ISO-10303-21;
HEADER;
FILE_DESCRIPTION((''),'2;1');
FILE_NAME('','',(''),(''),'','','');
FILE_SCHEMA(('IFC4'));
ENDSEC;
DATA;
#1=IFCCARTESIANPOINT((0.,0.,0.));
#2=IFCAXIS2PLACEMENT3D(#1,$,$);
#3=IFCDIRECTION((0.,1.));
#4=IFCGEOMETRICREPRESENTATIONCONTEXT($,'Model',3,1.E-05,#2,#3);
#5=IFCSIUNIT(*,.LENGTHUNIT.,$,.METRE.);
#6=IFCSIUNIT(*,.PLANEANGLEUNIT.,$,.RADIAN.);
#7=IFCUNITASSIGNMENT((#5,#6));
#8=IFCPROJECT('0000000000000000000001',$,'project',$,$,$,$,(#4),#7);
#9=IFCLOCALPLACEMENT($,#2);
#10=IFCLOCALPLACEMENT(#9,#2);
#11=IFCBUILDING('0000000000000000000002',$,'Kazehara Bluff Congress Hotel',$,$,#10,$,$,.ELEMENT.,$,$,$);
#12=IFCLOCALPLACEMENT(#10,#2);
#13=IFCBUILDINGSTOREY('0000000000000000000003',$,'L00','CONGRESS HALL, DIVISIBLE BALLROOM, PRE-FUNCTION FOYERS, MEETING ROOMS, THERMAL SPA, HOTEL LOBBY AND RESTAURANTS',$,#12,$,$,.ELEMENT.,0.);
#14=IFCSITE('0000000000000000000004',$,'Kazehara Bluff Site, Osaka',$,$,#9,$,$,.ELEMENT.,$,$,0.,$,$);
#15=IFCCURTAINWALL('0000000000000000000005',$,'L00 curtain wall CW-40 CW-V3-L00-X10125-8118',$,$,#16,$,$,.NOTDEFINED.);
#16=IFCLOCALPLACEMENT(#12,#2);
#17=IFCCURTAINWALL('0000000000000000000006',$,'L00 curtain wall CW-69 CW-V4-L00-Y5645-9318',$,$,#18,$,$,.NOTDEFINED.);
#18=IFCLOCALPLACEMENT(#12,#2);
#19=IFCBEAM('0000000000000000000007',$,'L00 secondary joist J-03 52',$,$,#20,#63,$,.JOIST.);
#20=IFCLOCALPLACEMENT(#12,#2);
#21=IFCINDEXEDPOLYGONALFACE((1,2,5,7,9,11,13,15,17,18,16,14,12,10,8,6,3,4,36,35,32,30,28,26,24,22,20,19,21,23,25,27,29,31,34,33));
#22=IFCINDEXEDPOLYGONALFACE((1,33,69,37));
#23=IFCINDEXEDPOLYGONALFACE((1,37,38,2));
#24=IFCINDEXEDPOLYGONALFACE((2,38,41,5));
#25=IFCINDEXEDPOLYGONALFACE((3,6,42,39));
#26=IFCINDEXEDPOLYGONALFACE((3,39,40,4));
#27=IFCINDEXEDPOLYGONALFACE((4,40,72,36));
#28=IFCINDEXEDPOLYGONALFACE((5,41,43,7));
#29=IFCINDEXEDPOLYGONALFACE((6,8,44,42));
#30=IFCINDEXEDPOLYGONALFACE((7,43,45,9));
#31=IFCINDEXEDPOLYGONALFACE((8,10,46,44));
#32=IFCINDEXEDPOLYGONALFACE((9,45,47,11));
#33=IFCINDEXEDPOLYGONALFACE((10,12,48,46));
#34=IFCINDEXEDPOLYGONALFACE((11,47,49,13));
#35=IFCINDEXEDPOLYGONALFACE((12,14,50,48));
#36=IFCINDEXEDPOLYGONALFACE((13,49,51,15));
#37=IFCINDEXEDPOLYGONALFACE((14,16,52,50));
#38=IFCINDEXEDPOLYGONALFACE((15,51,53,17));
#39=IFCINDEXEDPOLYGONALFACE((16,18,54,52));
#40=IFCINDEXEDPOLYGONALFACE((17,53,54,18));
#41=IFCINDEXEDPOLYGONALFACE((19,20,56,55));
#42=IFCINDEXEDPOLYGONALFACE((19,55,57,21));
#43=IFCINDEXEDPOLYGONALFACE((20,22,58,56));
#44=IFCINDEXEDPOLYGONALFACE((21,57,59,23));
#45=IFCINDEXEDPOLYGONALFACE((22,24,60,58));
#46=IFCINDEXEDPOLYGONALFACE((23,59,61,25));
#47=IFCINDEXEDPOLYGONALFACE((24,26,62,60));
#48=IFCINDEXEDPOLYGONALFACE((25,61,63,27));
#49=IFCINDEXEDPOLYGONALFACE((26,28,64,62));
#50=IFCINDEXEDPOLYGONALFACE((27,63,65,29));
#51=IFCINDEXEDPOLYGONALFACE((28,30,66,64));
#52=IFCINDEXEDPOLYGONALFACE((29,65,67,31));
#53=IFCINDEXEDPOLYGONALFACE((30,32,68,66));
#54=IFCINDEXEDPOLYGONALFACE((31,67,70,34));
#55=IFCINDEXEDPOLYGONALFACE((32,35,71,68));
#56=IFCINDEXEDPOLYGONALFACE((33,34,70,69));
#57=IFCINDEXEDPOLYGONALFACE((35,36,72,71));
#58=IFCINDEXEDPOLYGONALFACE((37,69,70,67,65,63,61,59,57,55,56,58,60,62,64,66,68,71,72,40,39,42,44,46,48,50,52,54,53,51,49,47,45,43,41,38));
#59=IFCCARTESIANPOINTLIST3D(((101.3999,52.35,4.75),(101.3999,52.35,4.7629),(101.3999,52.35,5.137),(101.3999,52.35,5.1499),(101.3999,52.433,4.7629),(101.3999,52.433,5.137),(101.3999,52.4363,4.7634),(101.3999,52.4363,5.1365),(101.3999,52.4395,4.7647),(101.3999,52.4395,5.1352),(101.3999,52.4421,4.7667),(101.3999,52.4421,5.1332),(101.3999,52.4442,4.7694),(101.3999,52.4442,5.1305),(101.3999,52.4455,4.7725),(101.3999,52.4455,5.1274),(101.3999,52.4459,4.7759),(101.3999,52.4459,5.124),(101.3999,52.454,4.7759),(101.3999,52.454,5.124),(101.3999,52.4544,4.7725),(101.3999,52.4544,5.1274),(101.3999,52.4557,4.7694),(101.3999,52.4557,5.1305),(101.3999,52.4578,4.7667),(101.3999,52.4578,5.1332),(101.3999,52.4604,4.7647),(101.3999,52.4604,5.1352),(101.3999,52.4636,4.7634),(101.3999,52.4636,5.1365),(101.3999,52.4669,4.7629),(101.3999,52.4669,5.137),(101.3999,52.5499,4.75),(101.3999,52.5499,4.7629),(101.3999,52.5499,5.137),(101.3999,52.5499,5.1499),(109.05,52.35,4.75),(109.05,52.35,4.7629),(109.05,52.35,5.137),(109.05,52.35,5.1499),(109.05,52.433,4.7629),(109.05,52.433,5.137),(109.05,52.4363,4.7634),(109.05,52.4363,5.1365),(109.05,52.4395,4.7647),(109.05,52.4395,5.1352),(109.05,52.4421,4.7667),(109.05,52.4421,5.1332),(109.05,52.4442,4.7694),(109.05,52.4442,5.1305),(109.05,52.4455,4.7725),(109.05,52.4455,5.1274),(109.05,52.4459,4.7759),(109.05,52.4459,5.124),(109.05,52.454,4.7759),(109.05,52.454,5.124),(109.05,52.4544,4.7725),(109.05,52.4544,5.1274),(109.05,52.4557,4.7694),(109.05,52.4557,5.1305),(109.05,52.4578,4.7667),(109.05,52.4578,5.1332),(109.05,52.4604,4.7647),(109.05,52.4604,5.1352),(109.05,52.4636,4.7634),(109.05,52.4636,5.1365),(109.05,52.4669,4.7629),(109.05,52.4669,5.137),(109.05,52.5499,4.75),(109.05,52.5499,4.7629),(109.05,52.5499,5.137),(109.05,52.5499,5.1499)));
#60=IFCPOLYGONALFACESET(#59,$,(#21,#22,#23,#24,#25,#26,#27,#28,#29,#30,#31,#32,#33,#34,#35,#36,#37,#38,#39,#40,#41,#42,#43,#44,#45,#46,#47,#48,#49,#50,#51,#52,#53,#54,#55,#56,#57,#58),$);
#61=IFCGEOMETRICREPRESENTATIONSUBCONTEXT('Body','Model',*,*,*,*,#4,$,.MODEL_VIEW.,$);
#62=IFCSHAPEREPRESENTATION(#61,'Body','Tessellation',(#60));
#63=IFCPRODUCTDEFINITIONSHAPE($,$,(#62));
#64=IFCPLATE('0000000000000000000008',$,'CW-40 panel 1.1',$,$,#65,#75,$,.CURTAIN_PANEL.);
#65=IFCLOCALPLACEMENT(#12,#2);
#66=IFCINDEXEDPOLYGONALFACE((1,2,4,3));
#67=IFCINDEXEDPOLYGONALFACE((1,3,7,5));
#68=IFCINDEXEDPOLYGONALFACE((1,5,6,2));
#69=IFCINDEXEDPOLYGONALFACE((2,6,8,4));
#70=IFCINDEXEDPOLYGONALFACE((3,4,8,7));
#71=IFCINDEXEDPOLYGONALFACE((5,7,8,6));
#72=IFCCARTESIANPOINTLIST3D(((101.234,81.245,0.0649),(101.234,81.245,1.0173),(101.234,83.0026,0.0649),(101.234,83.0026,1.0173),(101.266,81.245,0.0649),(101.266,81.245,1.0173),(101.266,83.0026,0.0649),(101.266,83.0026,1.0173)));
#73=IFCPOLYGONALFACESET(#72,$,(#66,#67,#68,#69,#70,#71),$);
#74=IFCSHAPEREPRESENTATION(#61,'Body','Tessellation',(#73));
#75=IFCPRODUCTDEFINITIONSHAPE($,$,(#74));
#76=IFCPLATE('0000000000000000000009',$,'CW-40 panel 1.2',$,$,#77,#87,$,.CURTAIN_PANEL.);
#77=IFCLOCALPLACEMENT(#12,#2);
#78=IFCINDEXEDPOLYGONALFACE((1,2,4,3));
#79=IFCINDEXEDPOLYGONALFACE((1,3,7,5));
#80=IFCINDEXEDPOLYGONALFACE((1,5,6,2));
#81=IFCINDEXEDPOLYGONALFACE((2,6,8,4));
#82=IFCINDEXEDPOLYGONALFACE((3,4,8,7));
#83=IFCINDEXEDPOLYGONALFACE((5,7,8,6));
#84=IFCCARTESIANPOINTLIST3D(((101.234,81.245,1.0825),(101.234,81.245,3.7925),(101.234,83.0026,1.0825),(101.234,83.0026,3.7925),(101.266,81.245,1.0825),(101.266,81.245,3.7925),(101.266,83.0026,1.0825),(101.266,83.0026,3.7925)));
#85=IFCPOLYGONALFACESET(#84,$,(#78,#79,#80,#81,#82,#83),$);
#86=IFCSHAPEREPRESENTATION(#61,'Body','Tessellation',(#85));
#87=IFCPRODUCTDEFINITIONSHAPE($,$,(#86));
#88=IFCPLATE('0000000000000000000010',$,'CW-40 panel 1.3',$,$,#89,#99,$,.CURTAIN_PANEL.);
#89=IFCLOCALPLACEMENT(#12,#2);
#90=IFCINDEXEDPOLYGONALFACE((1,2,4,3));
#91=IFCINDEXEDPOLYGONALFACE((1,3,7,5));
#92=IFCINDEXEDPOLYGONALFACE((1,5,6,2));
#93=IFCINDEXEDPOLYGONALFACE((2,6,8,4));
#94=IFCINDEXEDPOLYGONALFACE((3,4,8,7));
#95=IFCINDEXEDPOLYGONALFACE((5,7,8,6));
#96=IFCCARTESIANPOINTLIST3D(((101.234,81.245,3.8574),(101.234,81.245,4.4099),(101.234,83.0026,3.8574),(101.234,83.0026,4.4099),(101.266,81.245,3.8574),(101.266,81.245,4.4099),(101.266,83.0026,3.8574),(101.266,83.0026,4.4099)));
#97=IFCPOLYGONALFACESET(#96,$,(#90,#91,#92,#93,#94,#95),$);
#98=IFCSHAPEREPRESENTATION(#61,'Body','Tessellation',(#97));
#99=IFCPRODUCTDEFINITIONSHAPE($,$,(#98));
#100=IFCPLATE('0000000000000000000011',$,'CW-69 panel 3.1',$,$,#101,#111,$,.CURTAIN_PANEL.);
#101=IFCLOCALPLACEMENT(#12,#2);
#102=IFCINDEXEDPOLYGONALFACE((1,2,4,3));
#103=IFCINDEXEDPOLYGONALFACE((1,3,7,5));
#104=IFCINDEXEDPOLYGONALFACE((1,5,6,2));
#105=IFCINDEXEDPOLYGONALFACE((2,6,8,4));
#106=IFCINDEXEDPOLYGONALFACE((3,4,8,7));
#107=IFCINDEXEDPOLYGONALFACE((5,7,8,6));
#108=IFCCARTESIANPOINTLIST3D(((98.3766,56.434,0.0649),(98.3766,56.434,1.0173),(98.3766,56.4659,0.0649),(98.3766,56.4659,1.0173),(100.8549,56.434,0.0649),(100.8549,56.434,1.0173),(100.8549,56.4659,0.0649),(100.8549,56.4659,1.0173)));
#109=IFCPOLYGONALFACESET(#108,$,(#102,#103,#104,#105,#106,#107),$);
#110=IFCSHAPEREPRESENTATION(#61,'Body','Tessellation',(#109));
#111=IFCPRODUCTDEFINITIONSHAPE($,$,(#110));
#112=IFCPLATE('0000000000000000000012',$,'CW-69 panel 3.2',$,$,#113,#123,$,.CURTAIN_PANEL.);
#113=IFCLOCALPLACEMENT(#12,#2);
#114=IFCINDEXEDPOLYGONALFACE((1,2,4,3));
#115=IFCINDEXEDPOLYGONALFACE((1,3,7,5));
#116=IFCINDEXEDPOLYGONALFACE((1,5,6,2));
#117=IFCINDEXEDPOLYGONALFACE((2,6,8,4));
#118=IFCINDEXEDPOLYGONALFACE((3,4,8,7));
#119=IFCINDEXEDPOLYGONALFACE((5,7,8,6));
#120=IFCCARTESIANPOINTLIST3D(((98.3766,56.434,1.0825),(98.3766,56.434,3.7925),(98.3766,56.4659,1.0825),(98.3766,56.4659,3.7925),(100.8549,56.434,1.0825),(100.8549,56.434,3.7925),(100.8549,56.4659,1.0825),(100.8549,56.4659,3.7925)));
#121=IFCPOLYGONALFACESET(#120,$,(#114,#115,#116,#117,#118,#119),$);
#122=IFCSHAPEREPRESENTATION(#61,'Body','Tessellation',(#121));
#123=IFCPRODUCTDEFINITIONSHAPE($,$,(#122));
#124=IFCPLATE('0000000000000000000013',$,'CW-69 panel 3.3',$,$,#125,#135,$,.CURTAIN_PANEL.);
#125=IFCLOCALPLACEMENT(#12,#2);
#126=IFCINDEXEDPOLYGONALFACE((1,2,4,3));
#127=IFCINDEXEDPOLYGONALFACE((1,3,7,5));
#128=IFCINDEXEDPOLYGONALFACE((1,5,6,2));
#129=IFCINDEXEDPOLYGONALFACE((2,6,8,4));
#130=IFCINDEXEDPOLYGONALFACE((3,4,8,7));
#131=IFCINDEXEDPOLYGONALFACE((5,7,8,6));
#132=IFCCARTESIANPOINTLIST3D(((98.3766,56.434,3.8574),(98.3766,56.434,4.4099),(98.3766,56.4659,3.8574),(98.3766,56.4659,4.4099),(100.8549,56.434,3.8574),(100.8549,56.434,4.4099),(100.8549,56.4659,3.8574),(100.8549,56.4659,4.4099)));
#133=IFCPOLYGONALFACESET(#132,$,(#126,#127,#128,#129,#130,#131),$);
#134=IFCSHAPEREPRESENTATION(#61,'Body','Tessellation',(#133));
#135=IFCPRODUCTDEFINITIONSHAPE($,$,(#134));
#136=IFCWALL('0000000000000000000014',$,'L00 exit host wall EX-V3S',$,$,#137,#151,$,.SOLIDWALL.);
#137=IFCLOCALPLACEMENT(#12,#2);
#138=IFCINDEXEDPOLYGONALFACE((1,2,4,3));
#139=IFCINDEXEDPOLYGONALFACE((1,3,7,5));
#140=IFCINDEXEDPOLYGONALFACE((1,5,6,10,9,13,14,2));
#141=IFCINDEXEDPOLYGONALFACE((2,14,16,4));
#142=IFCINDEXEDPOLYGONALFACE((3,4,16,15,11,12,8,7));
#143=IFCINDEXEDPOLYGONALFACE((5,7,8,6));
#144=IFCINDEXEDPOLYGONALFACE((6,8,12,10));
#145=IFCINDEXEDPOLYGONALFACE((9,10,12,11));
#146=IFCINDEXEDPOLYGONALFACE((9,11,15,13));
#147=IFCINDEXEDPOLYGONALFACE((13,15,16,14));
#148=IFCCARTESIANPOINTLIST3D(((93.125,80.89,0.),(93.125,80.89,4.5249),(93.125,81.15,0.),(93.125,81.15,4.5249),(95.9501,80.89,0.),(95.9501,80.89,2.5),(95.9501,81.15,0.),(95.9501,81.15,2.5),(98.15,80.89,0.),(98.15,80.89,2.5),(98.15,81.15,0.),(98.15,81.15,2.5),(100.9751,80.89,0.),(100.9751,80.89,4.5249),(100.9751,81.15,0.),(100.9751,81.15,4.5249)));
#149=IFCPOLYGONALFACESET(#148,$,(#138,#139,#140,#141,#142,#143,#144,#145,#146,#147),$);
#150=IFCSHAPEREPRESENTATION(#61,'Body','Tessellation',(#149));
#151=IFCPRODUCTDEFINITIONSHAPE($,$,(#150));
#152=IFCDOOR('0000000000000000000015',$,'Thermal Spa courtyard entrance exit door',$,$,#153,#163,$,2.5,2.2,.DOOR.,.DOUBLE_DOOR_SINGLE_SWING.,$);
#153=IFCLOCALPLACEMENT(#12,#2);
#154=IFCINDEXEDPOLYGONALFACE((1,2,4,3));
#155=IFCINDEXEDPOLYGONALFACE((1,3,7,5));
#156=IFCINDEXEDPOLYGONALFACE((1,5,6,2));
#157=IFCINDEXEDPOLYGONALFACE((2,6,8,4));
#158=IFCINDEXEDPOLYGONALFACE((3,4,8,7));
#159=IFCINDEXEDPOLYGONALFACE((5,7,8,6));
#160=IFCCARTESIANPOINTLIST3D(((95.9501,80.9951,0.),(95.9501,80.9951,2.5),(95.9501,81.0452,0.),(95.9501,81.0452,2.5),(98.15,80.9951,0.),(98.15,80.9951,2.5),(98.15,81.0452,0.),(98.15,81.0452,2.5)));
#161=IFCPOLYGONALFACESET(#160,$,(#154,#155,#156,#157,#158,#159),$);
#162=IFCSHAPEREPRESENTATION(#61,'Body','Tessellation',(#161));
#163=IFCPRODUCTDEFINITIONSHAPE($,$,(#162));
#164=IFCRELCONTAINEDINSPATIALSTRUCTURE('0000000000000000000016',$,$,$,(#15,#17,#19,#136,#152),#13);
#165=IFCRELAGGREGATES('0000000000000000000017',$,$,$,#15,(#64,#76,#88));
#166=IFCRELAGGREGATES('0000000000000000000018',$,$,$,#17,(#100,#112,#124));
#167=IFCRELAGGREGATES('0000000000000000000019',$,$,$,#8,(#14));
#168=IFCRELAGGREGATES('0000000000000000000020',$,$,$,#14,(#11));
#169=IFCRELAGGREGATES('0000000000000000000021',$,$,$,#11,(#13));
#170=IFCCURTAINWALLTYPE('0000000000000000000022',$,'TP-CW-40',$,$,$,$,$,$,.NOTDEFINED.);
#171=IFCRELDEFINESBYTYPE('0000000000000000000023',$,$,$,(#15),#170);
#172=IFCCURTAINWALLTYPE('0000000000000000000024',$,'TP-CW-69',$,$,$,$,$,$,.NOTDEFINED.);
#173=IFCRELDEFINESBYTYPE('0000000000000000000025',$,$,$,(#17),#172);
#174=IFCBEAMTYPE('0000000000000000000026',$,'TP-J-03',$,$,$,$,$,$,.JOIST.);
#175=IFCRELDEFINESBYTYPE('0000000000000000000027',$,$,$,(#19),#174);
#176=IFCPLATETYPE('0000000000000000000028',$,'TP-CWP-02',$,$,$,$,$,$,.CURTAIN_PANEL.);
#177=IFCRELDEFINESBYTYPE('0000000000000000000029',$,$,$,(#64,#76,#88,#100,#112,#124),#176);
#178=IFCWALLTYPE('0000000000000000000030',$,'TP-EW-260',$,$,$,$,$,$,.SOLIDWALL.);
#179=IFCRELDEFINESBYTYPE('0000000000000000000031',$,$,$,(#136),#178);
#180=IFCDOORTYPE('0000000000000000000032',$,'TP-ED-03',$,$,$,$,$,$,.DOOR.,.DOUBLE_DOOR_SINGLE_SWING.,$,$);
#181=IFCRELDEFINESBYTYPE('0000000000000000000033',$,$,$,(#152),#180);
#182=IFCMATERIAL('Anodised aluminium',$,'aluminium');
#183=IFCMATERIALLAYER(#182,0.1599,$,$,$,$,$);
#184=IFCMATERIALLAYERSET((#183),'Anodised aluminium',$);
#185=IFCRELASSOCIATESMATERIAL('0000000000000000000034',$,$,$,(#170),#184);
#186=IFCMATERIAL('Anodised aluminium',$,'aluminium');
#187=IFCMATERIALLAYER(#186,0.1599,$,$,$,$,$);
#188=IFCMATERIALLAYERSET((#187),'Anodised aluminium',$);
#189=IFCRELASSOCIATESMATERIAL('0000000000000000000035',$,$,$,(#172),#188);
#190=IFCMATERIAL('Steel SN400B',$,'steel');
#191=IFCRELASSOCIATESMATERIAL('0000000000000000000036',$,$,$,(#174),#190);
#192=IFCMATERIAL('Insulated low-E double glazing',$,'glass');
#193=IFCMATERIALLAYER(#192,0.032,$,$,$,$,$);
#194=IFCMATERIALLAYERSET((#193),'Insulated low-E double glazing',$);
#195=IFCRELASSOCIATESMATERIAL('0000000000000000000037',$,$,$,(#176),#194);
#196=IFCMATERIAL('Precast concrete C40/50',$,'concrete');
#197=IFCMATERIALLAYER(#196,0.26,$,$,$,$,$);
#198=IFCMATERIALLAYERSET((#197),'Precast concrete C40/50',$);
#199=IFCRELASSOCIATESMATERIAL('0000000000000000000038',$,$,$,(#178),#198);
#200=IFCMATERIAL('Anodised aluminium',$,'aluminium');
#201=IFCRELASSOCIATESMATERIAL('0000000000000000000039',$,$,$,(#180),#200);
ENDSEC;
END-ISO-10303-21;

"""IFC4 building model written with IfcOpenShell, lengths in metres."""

from ifc_helpers import new_model, si_unit, direction, frame, frame_2d, origin, origin_2d, place, context, subcontext, project, spatial, rectangle, i_section, extrude, material, layer, layer_set, material_profile, profile_set, type_object, element, fill, aggregate, save


model = new_model("IFC4")

# Units and contexts
model_context = context("Model", 3, precision=1e-05, world=origin(), true_north=direction((0.0, 1.0)))
body_context = subcontext(model_context, "Body", "Model", "MODEL_VIEW")
ifc_project = project(units=[si_unit("LENGTHUNIT", "METRE"), si_unit("PLANEANGLEUNIT", "RADIAN")], contexts=[model_context])

# Site, building, storey
site_placement = place(None, origin())
site = spatial("IfcSite", under=ifc_project, at=site_placement, Name="Kazehara Bluff Site, Osaka", CompositionType="ELEMENT", RefElevation=0.0)
building_placement = place(site_placement, origin())
building = spatial("IfcBuilding", under=site, at=building_placement, Name="Kazehara Bluff Congress Hotel", CompositionType="ELEMENT")
storey_placement = place(building_placement, origin())
storey = spatial("IfcBuildingStorey", under=building, at=storey_placement, Name="L00", Description="CONGRESS HALL, DIVISIBLE BALLROOM, PRE-FUNCTION FOYERS, MEETING ROOMS, THERMAL SPA, HOTEL LOBBY AND RESTAURANTS", CompositionType="ELEMENT", Elevation=0.0)

# Curtain wall
ifc_material_1 = material(Name="Anodised aluminium", Category="aluminium")
ifc_layer_1 = layer(ifc_material_1, 0.1599)
ifc_layer_set_1 = layer_set([ifc_layer_1], Name="Anodised aluminium")
curtain_wall_type_1 = type_object("IfcCurtainWallType", Name="TP-CW-40", PredefinedType="NOTDEFINED", material=ifc_layer_set_1)
curtain_wall_1_placement = place(storey_placement, origin())
curtain_wall_1 = element("IfcCurtainWall", 1, at=curtain_wall_1_placement, inside=storey, type_object=curtain_wall_type_1, Name="L00 curtain wall CW-40 CW-V3-L00-X10125-8118", PredefinedType="NOTDEFINED")

# Curtain wall
ifc_material_2 = material(Name="Anodised aluminium", Category="aluminium")
ifc_layer_2 = layer(ifc_material_2, 0.1599)
ifc_layer_set_2 = layer_set([ifc_layer_2], Name="Anodised aluminium")
curtain_wall_type_2 = type_object("IfcCurtainWallType", Name="TP-CW-69", PredefinedType="NOTDEFINED", material=ifc_layer_set_2)
curtain_wall_2_placement = place(storey_placement, origin())
curtain_wall_2 = element("IfcCurtainWall", 2, at=curtain_wall_2_placement, inside=storey, type_object=curtain_wall_type_2, Name="L00 curtain wall CW-69 CW-V4-L00-Y5645-9318", PredefinedType="NOTDEFINED")

# Beam
ifc_material_3 = material(Name="Steel SN400B", Category="steel")
ifc_material_profile_1 = material_profile(ifc_material_3, i_section(OverallWidth=0.2, OverallDepth=0.3999, WebThickness=0.0081, FlangeThickness=0.0129, FilletRadius=0.0129, at=origin_2d()))
ifc_profile_set_1 = profile_set([ifc_material_profile_1], Name="Steel SN400B")
beam_type_1 = type_object("IfcBeamType", Name="TP-J-03", PredefinedType="JOIST", material=ifc_profile_set_1)
beam_1_placement = place(storey_placement, frame((101.3999, 52.45, 4.95), z_axis=(1.0, 0.0, 0.0), x_axis=(0.0, 1.0, 0.0)))
element("IfcBeam", 3, at=beam_1_placement, inside=storey, type_object=beam_type_1, Name="L00 secondary joist J-03 52", PredefinedType="JOIST", context=body_context, shape_type="SweptSolid", body=[
    extrude(i_section(OverallWidth=0.2, OverallDepth=0.3999, WebThickness=0.0081, FlangeThickness=0.0129, FilletRadius=0.0129, at=origin_2d()), origin(), (0.0, 0.0, 1.0), 7.6501),
])

# Plates
ifc_material_4 = material(Name="Insulated low-E double glazing", Category="glass")
ifc_layer_3 = layer(ifc_material_4, 0.032)
ifc_layer_set_3 = layer_set([ifc_layer_3], Name="Insulated low-E double glazing")
plate_type = type_object("IfcPlateType", Name="TP-CWP-02", PredefinedType="CURTAIN_PANEL", material=ifc_layer_set_3)
plate_1_placement = place(storey_placement, frame((101.25, 82.1238, 0.0649), z_axis=(0.0, 0.0, 1.0), x_axis=(0.0, 1.0, 0.0)))
plate_1 = element("IfcPlate", 4, at=plate_1_placement, type_object=plate_type, Name="CW-40 panel 1.1", PredefinedType="CURTAIN_PANEL", context=body_context, shape_type="SweptSolid", body=[
    extrude(rectangle(XDim=1.7576, YDim=0.032, at=origin_2d()), origin(), (0.0, 0.0, 1.0), 0.9524),
])
plate_2_placement = place(storey_placement, frame((101.25, 82.1238, 1.0825), z_axis=(0.0, 0.0, 1.0), x_axis=(0.0, 1.0, 0.0)))
plate_2 = element("IfcPlate", 5, at=plate_2_placement, type_object=plate_type, Name="CW-40 panel 1.2", PredefinedType="CURTAIN_PANEL", context=body_context, shape_type="SweptSolid", body=[
    extrude(rectangle(XDim=1.7576, YDim=0.032, at=origin_2d()), origin(), (0.0, 0.0, 1.0), 2.71),
])
plate_3_placement = place(storey_placement, frame((101.25, 82.1238, 3.8574), z_axis=(0.0, 0.0, 1.0), x_axis=(0.0, 1.0, 0.0)))
plate_3 = element("IfcPlate", 6, at=plate_3_placement, type_object=plate_type, Name="CW-40 panel 1.3", PredefinedType="CURTAIN_PANEL", context=body_context, shape_type="SweptSolid", body=[
    extrude(rectangle(XDim=1.7576, YDim=0.032, at=origin_2d()), origin(), (0.0, 0.0, 1.0), 0.5525),
])
aggregate(curtain_wall_1, [plate_1, plate_2, plate_3])
plate_4_placement = place(storey_placement, frame((99.6157, 56.45, 0.0649), z_axis=(0.0, 0.0, 1.0), x_axis=(1.0, 0.0, 0.0)))
plate_4 = element("IfcPlate", 7, at=plate_4_placement, type_object=plate_type, Name="CW-69 panel 3.1", PredefinedType="CURTAIN_PANEL", context=body_context, shape_type="SweptSolid", body=[
    extrude(rectangle(XDim=2.4783, YDim=0.032, at=origin_2d()), origin(), (0.0, 0.0, 1.0), 0.9524),
])
plate_5_placement = place(storey_placement, frame((99.6157, 56.45, 1.0825), z_axis=(0.0, 0.0, 1.0), x_axis=(1.0, 0.0, 0.0)))
plate_5 = element("IfcPlate", 8, at=plate_5_placement, type_object=plate_type, Name="CW-69 panel 3.2", PredefinedType="CURTAIN_PANEL", context=body_context, shape_type="SweptSolid", body=[
    extrude(rectangle(XDim=2.4783, YDim=0.032, at=origin_2d()), origin(), (0.0, 0.0, 1.0), 2.71),
])
plate_6_placement = place(storey_placement, frame((99.6157, 56.45, 3.8574), z_axis=(0.0, 0.0, 1.0), x_axis=(1.0, 0.0, 0.0)))
plate_6 = element("IfcPlate", 9, at=plate_6_placement, type_object=plate_type, Name="CW-69 panel 3.3", PredefinedType="CURTAIN_PANEL", context=body_context, shape_type="SweptSolid", body=[
    extrude(rectangle(XDim=2.4783, YDim=0.032, at=origin_2d()), origin(), (0.0, 0.0, 1.0), 0.5525),
])
aggregate(curtain_wall_2, [plate_4, plate_5, plate_6])

# Wall, opening, door
ifc_material_5 = material(Name="Precast concrete C40/50", Category="concrete")
ifc_layer_4 = layer(ifc_material_5, 0.26)
ifc_layer_set_4 = layer_set([ifc_layer_4], Name="Precast concrete C40/50")
wall_type_1 = type_object("IfcWallType", Name="TP-EW-260", PredefinedType="SOLIDWALL", material=ifc_layer_set_4)
wall_1_placement = place(storey_placement, frame((100.9751, 81.02, 0.0), z_axis=(0.0, 0.0, 1.0), x_axis=(-1.0, 0.0, 0.0)))
wall_1 = element("IfcWall", 10, at=wall_1_placement, inside=storey, type_object=wall_type_1, Name="L00 exit host wall EX-V3S", PredefinedType="SOLIDWALL", context=body_context, shape_type="SweptSolid", body=[
    extrude(rectangle(XDim=7.8501, YDim=0.26, at=frame_2d((3.925, 0.0))), origin(), (0.0, 0.0, 1.0), 4.5249),
])
opening_1_placement = place(wall_1_placement, frame((2.825, 0.0, 0.0)))
opening_1 = element("IfcOpeningElement", 11, at=opening_1_placement, cuts=wall_1, PredefinedType="OPENING", context=body_context, shape_type="SweptSolid", body=[
    extrude(rectangle(XDim=2.2, YDim=2.5, at=frame_2d((1.1001, 1.25))), frame((0.0, 0.1399, 0.0), z_axis=(0.0, -1.0, 0.0), x_axis=(1.0, 0.0, 0.0)), (0.0, 0.0, 1.0), 0.28),
])
ifc_material_6 = material(Name="Anodised aluminium", Category="aluminium")
door_type_1 = type_object("IfcDoorType", Name="TP-ED-03", OperationType="DOUBLE_DOOR_SINGLE_SWING", PredefinedType="DOOR", material=ifc_material_6)
door_1_placement = place(opening_1_placement, origin())
door_1 = element("IfcDoor", 12, at=door_1_placement, inside=storey, type_object=door_type_1, Name="Thermal Spa courtyard entrance exit door", OperationType="DOUBLE_DOOR_SINGLE_SWING", OverallHeight=2.5, OverallWidth=2.2, PredefinedType="DOOR", context=body_context, shape_type="SweptSolid", body=[
    extrude(rectangle(XDim=2.2, YDim=2.5, at=frame_2d((1.1001, 1.25))), frame((0.0, 0.0249, 0.0), z_axis=(0.0, -1.0, 0.0), x_axis=(1.0, 0.0, 0.0)), (0.0, 0.0, 1.0), 0.05),
])
fill(opening_1, door_1)

save(model, "model.ifc")
